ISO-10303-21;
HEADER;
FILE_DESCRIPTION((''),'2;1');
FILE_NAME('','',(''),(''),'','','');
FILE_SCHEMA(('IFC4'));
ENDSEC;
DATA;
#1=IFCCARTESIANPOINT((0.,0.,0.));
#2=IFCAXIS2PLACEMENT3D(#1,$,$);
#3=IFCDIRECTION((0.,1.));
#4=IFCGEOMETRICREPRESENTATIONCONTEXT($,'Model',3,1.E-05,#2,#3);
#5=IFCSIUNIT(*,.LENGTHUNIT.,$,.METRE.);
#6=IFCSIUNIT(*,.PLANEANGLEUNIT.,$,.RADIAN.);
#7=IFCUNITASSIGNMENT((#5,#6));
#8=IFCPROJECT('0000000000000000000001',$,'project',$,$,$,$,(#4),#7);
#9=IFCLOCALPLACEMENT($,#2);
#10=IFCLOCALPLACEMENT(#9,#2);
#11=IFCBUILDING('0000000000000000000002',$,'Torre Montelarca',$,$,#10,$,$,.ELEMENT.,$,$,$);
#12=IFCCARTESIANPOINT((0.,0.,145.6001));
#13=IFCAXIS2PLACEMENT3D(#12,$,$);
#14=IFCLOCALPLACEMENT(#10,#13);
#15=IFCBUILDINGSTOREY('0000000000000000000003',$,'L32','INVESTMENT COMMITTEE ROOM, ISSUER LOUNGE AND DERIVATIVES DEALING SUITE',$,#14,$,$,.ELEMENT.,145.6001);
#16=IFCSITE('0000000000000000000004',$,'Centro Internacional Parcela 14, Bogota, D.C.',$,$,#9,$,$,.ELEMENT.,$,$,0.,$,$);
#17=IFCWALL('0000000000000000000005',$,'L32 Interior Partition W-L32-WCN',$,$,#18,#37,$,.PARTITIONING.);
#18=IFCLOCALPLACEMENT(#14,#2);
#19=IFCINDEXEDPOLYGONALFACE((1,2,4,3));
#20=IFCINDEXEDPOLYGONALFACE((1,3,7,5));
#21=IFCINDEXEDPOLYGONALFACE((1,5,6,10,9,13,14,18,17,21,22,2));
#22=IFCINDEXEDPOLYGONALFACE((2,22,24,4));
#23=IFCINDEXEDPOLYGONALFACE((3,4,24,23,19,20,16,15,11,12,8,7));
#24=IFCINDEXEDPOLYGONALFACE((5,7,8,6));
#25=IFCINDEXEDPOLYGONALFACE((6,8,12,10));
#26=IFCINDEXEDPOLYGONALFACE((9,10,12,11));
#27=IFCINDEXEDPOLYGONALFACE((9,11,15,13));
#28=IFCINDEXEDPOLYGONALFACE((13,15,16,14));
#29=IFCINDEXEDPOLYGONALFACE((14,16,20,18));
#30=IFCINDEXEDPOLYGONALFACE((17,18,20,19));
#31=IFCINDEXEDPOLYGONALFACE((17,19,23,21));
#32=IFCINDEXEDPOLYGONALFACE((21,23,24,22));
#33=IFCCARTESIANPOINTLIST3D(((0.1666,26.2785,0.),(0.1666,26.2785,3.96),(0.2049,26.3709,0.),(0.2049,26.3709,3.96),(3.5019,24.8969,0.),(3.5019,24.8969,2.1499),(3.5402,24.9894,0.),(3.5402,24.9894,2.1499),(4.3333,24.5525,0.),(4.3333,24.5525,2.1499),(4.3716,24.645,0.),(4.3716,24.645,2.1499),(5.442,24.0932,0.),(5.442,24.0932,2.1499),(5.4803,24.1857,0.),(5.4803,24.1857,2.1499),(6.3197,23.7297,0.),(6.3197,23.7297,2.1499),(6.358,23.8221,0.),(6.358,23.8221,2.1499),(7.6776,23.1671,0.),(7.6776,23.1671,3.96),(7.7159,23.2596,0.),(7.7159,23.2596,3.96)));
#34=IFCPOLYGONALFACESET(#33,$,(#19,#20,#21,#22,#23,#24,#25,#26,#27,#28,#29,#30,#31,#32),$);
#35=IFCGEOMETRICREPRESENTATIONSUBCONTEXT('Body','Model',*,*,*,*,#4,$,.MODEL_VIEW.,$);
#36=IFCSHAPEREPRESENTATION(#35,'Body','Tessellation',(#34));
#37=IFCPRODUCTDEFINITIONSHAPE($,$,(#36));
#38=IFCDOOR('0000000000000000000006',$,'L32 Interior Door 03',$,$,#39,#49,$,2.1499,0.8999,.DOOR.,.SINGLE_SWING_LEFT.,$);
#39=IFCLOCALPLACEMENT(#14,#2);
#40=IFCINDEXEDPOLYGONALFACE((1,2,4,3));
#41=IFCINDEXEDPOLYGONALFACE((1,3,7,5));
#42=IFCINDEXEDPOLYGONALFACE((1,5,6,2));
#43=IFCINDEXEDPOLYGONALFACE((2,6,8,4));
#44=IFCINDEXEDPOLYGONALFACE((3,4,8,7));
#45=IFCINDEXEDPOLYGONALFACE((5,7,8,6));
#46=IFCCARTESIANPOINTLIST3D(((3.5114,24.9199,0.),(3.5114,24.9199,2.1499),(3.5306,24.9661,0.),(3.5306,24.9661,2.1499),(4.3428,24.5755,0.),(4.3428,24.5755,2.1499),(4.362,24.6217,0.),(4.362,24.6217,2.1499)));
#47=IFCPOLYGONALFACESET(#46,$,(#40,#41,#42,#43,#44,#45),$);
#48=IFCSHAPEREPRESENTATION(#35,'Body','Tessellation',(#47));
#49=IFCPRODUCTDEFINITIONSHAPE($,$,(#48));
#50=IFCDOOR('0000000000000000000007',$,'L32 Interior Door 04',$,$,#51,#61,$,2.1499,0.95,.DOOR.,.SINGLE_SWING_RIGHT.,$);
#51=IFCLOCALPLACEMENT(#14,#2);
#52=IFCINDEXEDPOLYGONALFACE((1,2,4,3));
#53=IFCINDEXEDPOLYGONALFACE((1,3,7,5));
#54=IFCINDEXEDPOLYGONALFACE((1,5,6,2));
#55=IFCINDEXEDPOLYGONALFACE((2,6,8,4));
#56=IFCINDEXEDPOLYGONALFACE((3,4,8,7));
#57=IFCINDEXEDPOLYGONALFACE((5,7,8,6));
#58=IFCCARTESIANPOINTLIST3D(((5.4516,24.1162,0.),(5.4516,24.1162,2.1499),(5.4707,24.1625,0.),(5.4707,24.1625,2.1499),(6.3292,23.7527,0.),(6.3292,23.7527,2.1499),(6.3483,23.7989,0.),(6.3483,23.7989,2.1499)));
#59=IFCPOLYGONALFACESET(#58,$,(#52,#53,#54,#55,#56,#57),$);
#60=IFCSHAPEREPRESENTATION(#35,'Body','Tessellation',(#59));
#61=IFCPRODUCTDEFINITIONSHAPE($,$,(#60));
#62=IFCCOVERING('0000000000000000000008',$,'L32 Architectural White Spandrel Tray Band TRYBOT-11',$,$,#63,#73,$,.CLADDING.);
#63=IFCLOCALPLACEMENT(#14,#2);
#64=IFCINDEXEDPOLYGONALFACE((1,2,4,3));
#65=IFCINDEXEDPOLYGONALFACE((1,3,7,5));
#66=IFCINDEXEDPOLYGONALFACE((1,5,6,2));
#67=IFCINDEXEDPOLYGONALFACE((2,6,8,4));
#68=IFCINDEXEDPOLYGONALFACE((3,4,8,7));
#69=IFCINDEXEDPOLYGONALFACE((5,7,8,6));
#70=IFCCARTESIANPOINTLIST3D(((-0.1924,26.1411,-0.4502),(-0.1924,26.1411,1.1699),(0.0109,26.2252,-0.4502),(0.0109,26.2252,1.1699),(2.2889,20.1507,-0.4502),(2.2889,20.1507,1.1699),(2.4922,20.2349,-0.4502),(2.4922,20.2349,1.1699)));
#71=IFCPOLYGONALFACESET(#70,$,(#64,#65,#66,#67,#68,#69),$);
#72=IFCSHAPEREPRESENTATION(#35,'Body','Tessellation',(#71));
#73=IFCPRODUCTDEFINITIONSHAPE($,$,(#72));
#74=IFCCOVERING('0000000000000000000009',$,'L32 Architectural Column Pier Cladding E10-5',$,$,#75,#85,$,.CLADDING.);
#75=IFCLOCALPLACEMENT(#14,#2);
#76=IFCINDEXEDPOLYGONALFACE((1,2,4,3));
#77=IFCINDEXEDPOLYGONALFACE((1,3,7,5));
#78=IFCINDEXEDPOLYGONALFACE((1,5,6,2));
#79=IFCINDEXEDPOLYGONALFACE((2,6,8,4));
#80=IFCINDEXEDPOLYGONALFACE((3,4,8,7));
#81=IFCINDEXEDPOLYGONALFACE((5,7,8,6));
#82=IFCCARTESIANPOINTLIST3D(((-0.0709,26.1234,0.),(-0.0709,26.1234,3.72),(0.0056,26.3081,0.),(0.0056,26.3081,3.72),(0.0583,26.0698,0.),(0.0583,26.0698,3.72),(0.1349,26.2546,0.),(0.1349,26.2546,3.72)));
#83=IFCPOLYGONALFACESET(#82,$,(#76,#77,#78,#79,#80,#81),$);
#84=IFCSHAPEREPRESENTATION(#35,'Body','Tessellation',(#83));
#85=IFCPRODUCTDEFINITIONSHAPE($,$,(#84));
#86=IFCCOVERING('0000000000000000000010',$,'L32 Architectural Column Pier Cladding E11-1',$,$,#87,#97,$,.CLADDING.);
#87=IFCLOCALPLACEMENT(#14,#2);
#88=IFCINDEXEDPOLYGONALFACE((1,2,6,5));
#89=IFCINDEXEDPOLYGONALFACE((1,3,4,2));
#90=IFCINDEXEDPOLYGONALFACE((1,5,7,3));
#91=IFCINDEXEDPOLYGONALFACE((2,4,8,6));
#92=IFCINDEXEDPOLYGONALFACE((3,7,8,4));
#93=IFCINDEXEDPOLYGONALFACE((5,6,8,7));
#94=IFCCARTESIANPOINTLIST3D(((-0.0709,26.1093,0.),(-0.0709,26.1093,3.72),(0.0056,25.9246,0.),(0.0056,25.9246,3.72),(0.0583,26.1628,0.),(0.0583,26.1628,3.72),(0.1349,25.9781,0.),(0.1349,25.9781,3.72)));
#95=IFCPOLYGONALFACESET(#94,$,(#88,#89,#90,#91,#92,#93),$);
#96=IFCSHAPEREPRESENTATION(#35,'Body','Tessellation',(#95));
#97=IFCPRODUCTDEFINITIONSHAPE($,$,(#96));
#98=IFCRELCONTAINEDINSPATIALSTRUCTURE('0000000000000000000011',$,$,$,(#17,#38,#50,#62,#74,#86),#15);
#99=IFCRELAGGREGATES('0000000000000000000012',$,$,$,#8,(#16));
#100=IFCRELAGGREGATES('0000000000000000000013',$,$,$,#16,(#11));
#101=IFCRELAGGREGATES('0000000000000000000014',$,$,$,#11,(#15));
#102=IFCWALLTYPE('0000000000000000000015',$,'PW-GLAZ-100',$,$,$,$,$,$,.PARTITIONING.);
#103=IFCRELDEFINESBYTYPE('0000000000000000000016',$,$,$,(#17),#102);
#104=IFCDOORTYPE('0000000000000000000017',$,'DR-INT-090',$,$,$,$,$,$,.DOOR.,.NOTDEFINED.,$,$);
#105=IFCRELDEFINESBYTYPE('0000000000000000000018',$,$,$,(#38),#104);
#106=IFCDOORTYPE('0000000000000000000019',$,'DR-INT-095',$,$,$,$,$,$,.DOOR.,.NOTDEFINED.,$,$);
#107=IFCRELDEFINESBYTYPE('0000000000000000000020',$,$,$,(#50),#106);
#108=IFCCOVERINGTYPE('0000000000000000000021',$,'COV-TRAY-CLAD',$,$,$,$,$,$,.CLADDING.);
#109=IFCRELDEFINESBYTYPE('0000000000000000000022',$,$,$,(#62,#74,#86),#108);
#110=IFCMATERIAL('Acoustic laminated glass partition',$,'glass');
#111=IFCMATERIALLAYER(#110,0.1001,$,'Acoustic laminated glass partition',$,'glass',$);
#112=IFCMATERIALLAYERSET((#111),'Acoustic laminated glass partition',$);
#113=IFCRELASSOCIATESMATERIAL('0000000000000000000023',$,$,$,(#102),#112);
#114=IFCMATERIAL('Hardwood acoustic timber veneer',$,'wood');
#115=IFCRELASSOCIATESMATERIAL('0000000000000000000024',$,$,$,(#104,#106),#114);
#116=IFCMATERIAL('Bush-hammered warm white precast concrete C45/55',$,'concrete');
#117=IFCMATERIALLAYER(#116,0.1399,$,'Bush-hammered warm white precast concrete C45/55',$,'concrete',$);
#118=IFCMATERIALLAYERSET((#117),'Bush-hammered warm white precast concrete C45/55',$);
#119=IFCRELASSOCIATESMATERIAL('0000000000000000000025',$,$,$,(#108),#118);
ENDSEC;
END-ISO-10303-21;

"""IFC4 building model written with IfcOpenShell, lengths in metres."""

from ifc_helpers import new_model, si_unit, direction, frame, frame_2d, origin, origin_2d, place, context, subcontext, project, spatial, rectangle, extrude, source, transform, mapped, material, layer, layer_set, type_object, element, fill, save


model = new_model("IFC4")

# Units and contexts
model_context = context("Model", 3, precision=1e-05, world=origin(), true_north=direction((0.0, 1.0)))
body_context = subcontext(model_context, "Body", "Model", "MODEL_VIEW")
ifc_project = project(units=[si_unit("LENGTHUNIT", "METRE"), si_unit("PLANEANGLEUNIT", "RADIAN")], contexts=[model_context])

# Site, building, storey
site_placement = place(None, origin())
site = spatial("IfcSite", under=ifc_project, at=site_placement, Name="Centro Internacional Parcela 14, Bogota, D.C.", CompositionType="ELEMENT", RefElevation=0.0)
building_placement = place(site_placement, origin())
building = spatial("IfcBuilding", under=site, at=building_placement, Name="Torre Montelarca", CompositionType="ELEMENT")
storey_placement = place(building_placement, frame((0.0, 0.0, 145.6001)))
storey = spatial("IfcBuildingStorey", under=building, at=storey_placement, Name="L32", Description="INVESTMENT COMMITTEE ROOM, ISSUER LOUNGE AND DERIVATIVES DEALING SUITE", CompositionType="ELEMENT", Elevation=145.6001)

# Wall, openings, doors
ifc_material_1 = material(Name="Acoustic laminated glass partition", Category="glass")
ifc_layer_1 = layer(ifc_material_1, 0.1001, Name="Acoustic laminated glass partition", Category="glass")
ifc_layer_set_1 = layer_set([ifc_layer_1], Name="Acoustic laminated glass partition")
wall_type = type_object("IfcWallType", Name="PW-GLAZ-100", PredefinedType="PARTITIONING", material=ifc_layer_set_1)
wall_placement = place(storey_placement, frame((0.1858, 26.3247, 0.0), z_axis=(0.0, 0.0, 1.0), x_axis=(0.923872, -0.382702, 0.0)))
wall = element("IfcWall", 1, at=wall_placement, inside=storey, type_object=wall_type, Name="L32 Interior Partition W-L32-WCN", PredefinedType="PARTITIONING", context=body_context, shape_type="SweptSolid", body=[
    extrude(rectangle(XDim=8.1299, YDim=0.1001, at=frame_2d((4.0649, 0.0))), origin(), (0.0, 0.0, 1.0), 3.96),
])
opening_1_placement = place(wall_placement, frame((3.6101, 0.0, 0.0)))
opening_1 = element("IfcOpeningElement", 2, at=opening_1_placement, cuts=wall, PredefinedType="OPENING", context=body_context, shape_type="SweptSolid", body=[
    extrude(rectangle(XDim=0.8999, YDim=2.1499, at=frame_2d((0.45, 1.075))), frame((0.0, 0.0601, 0.0), z_axis=(0.0, -1.0, 0.0), x_axis=(1.0, 0.0, 0.0)), (0.0, 0.0, 1.0), 0.1201),
])
opening_2_placement = place(wall_placement, frame((5.71, 0.0, 0.0)))
opening_2 = element("IfcOpeningElement", 3, at=opening_2_placement, cuts=wall, PredefinedType="OPENING", context=body_context, shape_type="SweptSolid", body=[
    extrude(rectangle(XDim=0.95, YDim=2.1499, at=frame_2d((0.4751, 1.075))), frame((0.0, 0.0601, 0.0), z_axis=(0.0, -1.0, 0.0), x_axis=(1.0, 0.0, 0.0)), (0.0, 0.0, 1.0), 0.1201),
])
ifc_material_2 = material(Name="Hardwood acoustic timber veneer", Category="wood")
door_type_1 = type_object("IfcDoorType", Name="DR-INT-090", OperationType="NOTDEFINED", PredefinedType="DOOR", material=ifc_material_2)
shared_shape_1 = source(origin(), body_context, "Body", "SweptSolid", [
    extrude(rectangle(XDim=0.8999, YDim=2.1499, at=frame_2d((0.45, 1.075))), frame((0.0, 0.0249, 0.0), z_axis=(0.0, -1.0, 0.0), x_axis=(1.0, 0.0, 0.0)), (0.0, 0.0, 1.0), 0.05),
])
door_1_placement = place(opening_1_placement, origin())
door_1 = element("IfcDoor", 4, at=door_1_placement, inside=storey, type_object=door_type_1, Name="L32 Interior Door 03", OperationType="SINGLE_SWING_LEFT", OverallHeight=2.1499, OverallWidth=0.8999, PredefinedType="DOOR", context=body_context, shape_type="MappedRepresentation", body=[
    mapped(shared_shape_1, transform((0.0, 0.0, 0.0), scale=1.0)),
])
fill(opening_1, door_1)
door_type_2 = type_object("IfcDoorType", Name="DR-INT-095", OperationType="NOTDEFINED", PredefinedType="DOOR", material=ifc_material_2)
shared_shape_2 = source(origin(), body_context, "Body", "SweptSolid", [
    extrude(rectangle(XDim=0.95, YDim=2.1499, at=frame_2d((0.4751, 1.075))), frame((0.0, 0.0249, 0.0), z_axis=(0.0, -1.0, 0.0), x_axis=(1.0, 0.0, 0.0)), (0.0, 0.0, 1.0), 0.05),
])
door_2_placement = place(opening_2_placement, origin())
door_2 = element("IfcDoor", 5, at=door_2_placement, inside=storey, type_object=door_type_2, Name="L32 Interior Door 04", OperationType="SINGLE_SWING_RIGHT", OverallHeight=2.1499, OverallWidth=0.95, PredefinedType="DOOR", context=body_context, shape_type="MappedRepresentation", body=[
    mapped(shared_shape_2, transform((0.0, 0.0, 0.0), scale=1.0)),
])
fill(opening_2, door_2)

# Coverings
ifc_material_3 = material(Name="Bush-hammered warm white precast concrete C45/55", Category="concrete")
ifc_layer_2 = layer(ifc_material_3, 0.1399, Name="Bush-hammered warm white precast concrete C45/55", Category="concrete")
ifc_layer_set_2 = layer_set([ifc_layer_2], Name="Bush-hammered warm white precast concrete C45/55")
covering_type = type_object("IfcCoveringType", Name="COV-TRAY-CLAD", PredefinedType="CLADDING", material=ifc_layer_set_2)
shared_shape_3 = source(origin(), body_context, "Body", "SweptSolid", [
    extrude(rectangle(XDim=6.4839, YDim=0.22, at=origin_2d()), origin(), (0.0, 0.0, 1.0), 1.6201),
])
covering_placement = place(storey_placement, frame((1.1499, 23.188, -0.4502), z_axis=(0.0, 0.0, 1.0), x_axis=(0.382688, -0.923878, 0.0)))
element("IfcCovering", 6, at=covering_placement, inside=storey, type_object=covering_type, Name="L32 Architectural White Spandrel Tray Band TRYBOT-11", PredefinedType="CLADDING", context=body_context, shape_type="MappedRepresentation", body=[
    mapped(shared_shape_3, transform((0.0, 0.0, 0.0), scale=1.0)),
])
shared_shape_4 = source(origin(), body_context, "Body", "SweptSolid", [
    extrude(rectangle(XDim=0.2, YDim=0.1399, at=origin_2d()), origin(), (0.0, 0.0, 1.0), 3.72),
])
for number, where, z_axis, x_axis, name in (
    (7, (0.032, 26.189, 0.0), (0.0, 0.0, 1.0), (-0.38268, -0.923881, 0.0), "L32 Architectural Column Pier Cladding E10-5"),
    (8, (0.032, 26.0437, 0.0), (0.0, 0.0, 1.0), (0.382688, -0.923878, 0.0), "L32 Architectural Column Pier Cladding E11-1"),
):
    element("IfcCovering", number, at=place(storey_placement, frame(where, z_axis=z_axis, x_axis=x_axis)), inside=storey, type_object=covering_type, Name=name, PredefinedType="CLADDING", context=body_context, shape_type="MappedRepresentation", body=[
        mapped(shared_shape_4, transform((0.0, 0.0, 0.0), scale=1.0)),
    ])

save(model, "model.ifc")
